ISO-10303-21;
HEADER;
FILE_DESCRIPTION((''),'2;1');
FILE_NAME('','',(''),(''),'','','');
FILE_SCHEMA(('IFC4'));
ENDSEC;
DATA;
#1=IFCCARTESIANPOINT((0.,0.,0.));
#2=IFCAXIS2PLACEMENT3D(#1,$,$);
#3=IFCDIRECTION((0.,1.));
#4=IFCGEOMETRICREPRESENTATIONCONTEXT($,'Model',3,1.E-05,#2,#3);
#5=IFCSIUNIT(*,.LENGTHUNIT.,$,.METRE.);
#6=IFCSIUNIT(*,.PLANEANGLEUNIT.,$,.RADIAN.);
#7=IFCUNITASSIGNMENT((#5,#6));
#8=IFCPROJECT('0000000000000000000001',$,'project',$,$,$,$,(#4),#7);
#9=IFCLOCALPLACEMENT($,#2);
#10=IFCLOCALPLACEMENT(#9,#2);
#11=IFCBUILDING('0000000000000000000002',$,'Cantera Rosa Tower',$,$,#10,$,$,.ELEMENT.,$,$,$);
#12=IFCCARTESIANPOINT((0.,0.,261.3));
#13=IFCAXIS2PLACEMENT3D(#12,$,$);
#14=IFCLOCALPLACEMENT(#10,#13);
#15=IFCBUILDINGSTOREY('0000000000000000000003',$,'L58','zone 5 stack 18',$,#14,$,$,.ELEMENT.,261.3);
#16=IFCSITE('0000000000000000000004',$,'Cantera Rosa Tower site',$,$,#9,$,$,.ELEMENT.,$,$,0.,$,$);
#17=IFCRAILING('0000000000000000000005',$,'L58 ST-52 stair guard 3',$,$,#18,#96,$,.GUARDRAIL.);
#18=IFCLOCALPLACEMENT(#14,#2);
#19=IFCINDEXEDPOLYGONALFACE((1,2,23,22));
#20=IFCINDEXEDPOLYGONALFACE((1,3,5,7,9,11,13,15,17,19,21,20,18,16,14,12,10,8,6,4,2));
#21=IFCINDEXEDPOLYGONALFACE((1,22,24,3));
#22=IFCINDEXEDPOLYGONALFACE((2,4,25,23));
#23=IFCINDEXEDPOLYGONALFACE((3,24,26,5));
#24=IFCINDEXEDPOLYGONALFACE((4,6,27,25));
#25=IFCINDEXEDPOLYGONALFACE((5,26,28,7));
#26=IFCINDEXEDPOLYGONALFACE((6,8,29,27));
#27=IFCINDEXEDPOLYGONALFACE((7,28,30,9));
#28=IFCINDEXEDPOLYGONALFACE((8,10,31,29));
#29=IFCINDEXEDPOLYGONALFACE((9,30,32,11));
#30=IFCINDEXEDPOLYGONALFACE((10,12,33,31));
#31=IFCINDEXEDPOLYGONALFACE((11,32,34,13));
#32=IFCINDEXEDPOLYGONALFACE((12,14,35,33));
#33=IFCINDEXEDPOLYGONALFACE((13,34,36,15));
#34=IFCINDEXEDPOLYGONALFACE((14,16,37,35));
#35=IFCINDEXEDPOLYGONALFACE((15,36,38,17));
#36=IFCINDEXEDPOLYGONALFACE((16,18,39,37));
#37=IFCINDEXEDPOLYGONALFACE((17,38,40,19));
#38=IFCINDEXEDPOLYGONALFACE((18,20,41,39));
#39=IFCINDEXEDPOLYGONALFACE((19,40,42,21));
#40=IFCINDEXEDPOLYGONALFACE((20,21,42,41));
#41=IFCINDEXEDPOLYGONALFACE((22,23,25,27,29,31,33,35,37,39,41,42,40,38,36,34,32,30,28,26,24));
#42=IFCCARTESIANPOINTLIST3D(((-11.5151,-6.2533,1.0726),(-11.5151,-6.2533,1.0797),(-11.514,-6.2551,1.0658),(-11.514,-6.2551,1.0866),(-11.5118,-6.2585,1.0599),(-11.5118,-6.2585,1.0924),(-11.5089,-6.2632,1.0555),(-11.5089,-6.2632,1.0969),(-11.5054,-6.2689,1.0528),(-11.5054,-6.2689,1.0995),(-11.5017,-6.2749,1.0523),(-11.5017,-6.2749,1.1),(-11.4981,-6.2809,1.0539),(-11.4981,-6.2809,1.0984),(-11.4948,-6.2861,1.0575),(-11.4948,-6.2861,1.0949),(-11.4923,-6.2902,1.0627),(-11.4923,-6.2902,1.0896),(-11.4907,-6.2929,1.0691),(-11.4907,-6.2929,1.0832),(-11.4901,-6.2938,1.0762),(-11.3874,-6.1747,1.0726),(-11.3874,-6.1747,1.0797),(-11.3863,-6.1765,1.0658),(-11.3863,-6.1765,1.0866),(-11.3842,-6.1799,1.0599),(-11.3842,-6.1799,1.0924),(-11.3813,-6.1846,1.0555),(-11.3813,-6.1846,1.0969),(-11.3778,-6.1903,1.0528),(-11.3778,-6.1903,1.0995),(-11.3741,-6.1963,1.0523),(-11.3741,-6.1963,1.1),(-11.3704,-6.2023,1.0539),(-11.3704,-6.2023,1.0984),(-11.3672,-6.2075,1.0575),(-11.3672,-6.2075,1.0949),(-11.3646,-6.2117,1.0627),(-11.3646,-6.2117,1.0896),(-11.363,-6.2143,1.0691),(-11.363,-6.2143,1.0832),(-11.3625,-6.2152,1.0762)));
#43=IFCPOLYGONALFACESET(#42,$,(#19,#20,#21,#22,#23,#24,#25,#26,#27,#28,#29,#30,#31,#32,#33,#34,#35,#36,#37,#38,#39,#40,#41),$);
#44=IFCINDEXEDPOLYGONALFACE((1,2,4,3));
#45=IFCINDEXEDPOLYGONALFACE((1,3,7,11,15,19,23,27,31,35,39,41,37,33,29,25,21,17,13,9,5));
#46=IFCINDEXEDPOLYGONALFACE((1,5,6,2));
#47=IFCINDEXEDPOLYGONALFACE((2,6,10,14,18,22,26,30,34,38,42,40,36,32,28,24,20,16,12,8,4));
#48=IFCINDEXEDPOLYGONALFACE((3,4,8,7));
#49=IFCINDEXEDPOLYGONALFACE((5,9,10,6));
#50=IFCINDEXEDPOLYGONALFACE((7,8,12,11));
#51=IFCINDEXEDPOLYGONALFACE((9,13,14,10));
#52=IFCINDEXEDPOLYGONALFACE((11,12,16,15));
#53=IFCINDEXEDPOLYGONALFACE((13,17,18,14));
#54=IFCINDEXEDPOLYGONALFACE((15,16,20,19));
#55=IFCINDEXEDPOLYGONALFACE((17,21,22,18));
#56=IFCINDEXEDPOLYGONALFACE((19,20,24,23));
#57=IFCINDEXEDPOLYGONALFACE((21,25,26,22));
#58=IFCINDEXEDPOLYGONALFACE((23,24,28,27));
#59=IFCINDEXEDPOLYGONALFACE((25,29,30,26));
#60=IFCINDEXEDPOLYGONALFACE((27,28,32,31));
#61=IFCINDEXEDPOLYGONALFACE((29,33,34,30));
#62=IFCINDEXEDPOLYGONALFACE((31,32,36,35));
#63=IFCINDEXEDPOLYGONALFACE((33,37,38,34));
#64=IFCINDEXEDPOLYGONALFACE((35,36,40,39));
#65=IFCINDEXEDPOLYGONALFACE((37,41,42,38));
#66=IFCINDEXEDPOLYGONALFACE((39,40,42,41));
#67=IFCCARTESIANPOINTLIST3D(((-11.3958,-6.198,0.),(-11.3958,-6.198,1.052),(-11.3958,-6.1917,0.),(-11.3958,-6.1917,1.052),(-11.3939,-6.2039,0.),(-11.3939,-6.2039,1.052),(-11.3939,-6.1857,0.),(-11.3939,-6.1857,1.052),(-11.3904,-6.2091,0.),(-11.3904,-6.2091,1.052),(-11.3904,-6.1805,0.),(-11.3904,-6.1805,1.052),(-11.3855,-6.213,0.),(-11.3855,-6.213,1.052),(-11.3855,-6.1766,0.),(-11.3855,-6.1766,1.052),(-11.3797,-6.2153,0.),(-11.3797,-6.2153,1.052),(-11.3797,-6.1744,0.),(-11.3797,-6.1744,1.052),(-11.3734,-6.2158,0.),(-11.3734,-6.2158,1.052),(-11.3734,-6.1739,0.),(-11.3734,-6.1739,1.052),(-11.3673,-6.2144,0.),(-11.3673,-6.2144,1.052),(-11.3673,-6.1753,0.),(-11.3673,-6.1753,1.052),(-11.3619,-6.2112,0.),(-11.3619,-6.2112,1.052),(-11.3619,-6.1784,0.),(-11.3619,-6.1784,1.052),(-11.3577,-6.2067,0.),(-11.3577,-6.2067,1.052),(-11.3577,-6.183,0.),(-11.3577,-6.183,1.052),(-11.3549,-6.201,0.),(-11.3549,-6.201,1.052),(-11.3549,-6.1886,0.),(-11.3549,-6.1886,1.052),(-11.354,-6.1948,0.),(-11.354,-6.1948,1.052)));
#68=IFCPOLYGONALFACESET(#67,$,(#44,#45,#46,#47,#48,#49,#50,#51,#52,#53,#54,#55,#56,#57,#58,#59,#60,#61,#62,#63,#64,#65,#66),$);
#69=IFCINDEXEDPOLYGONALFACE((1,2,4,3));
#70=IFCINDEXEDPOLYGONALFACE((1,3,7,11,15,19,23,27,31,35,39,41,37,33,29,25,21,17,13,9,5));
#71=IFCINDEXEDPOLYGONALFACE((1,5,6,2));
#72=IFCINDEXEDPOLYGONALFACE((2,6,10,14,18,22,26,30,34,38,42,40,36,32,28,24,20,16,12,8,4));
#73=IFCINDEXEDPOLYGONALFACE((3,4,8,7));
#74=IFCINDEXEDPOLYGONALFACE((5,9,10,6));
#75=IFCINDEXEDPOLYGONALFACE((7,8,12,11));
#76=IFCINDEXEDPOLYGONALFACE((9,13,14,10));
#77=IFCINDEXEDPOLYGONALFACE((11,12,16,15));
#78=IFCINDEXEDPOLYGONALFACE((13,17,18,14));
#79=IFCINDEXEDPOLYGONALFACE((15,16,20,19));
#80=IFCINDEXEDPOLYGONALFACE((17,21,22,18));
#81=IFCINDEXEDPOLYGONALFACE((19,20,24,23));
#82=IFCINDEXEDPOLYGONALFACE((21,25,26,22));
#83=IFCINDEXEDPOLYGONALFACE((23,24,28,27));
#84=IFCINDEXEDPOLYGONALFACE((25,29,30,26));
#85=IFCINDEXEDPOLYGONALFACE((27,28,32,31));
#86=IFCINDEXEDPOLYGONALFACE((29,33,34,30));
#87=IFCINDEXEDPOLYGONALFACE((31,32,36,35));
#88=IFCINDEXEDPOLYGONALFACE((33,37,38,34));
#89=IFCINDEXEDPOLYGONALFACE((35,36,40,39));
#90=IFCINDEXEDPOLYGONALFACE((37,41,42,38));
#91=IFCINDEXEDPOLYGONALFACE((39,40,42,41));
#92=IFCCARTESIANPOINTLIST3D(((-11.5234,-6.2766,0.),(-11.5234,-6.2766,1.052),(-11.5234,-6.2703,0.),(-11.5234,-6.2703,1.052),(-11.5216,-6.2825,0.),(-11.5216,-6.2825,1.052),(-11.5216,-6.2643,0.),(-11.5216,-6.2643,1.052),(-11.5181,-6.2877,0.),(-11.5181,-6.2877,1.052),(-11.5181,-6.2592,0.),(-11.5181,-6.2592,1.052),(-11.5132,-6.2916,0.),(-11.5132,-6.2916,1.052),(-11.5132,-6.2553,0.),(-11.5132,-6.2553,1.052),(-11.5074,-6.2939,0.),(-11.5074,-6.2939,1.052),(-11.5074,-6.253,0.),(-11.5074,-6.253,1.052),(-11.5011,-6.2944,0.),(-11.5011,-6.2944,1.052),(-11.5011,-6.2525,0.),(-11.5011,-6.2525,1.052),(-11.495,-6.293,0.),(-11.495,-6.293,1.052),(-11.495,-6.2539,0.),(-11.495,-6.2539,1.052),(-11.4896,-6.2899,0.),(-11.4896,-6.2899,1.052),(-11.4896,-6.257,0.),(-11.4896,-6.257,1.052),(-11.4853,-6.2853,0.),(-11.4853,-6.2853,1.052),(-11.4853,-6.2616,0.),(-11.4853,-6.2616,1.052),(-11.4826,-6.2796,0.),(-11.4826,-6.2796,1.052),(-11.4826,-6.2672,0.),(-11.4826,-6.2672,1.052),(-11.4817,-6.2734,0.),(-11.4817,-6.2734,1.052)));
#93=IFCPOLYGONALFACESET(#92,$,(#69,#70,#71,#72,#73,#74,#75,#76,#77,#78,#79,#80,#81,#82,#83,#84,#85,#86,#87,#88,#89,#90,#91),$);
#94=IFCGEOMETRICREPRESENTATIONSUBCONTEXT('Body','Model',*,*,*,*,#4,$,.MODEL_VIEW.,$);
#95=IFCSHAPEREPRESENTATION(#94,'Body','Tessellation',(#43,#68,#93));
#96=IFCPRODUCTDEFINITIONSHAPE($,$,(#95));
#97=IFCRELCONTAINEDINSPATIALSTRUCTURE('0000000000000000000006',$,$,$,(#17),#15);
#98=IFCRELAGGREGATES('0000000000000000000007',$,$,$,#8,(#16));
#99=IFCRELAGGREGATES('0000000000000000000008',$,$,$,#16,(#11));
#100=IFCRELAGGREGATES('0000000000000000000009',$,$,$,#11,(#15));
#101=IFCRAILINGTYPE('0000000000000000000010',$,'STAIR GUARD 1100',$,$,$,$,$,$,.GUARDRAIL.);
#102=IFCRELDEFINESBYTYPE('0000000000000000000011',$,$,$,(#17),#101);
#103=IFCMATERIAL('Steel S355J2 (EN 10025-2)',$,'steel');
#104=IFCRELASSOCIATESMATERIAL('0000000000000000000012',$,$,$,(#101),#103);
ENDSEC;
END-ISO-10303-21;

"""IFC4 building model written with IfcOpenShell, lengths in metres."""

from ifc_helpers import new_model, si_unit, direction, frame, origin, origin_2d, place, context, subcontext, project, spatial, circle, extrude, material, type_object, element, save


model = new_model("IFC4")

# Units and contexts
model_context = context("Model", 3, precision=1e-05, world=origin(), true_north=direction((0.0, 1.0)))
body_context = subcontext(model_context, "Body", "Model", "MODEL_VIEW")
ifc_project = project(units=[si_unit("LENGTHUNIT", "METRE"), si_unit("PLANEANGLEUNIT", "RADIAN")], contexts=[model_context])

# Site, building, storey
site_placement = place(None, origin())
site = spatial("IfcSite", under=ifc_project, at=site_placement, Name="Cantera Rosa Tower site", CompositionType="ELEMENT", RefElevation=0.0)
building_placement = place(site_placement, origin())
building = spatial("IfcBuilding", under=site, at=building_placement, Name="Cantera Rosa Tower", CompositionType="ELEMENT")
storey_placement = place(building_placement, frame((0.0, 0.0, 261.3)))
storey = spatial("IfcBuildingStorey", under=building, at=storey_placement, Name="L58", Description="zone 5 stack 18", CompositionType="ELEMENT", Elevation=261.3)

# Railing
ifc_material_1 = material(Name="Steel S355J2 (EN 10025-2)", Category="steel")
railing_type_1 = type_object("IfcRailingType", Name="STAIR GUARD 1100", PredefinedType="GUARDRAIL", material=ifc_material_1)
railing_1_placement = place(storey_placement, frame((-11.375, -6.1948, 0.0)))
element("IfcRailing", 1, at=railing_1_placement, inside=storey, type_object=railing_type_1, Name="L58 ST-52 stair guard 3", PredefinedType="GUARDRAIL", context=body_context, shape_type="SweptSolid", body=[
    extrude(circle(Radius=0.0239, at=origin_2d()), frame((0.0, 0.0, 1.0762), z_axis=(-0.851546, -0.524279, 0.0), x_axis=(0.524279, -0.851546, 0.0)), (0.0, 0.0, 1.0), 0.1499),
    extrude(circle(Radius=0.021, at=origin_2d()), origin(), (0.0, 0.0, 1.0), 1.052),
    extrude(circle(Radius=0.021, at=origin_2d()), frame((-0.1277, -0.0786, 0.0)), (0.0, 0.0, 1.0), 1.052),
])

save(model, "model.ifc")
